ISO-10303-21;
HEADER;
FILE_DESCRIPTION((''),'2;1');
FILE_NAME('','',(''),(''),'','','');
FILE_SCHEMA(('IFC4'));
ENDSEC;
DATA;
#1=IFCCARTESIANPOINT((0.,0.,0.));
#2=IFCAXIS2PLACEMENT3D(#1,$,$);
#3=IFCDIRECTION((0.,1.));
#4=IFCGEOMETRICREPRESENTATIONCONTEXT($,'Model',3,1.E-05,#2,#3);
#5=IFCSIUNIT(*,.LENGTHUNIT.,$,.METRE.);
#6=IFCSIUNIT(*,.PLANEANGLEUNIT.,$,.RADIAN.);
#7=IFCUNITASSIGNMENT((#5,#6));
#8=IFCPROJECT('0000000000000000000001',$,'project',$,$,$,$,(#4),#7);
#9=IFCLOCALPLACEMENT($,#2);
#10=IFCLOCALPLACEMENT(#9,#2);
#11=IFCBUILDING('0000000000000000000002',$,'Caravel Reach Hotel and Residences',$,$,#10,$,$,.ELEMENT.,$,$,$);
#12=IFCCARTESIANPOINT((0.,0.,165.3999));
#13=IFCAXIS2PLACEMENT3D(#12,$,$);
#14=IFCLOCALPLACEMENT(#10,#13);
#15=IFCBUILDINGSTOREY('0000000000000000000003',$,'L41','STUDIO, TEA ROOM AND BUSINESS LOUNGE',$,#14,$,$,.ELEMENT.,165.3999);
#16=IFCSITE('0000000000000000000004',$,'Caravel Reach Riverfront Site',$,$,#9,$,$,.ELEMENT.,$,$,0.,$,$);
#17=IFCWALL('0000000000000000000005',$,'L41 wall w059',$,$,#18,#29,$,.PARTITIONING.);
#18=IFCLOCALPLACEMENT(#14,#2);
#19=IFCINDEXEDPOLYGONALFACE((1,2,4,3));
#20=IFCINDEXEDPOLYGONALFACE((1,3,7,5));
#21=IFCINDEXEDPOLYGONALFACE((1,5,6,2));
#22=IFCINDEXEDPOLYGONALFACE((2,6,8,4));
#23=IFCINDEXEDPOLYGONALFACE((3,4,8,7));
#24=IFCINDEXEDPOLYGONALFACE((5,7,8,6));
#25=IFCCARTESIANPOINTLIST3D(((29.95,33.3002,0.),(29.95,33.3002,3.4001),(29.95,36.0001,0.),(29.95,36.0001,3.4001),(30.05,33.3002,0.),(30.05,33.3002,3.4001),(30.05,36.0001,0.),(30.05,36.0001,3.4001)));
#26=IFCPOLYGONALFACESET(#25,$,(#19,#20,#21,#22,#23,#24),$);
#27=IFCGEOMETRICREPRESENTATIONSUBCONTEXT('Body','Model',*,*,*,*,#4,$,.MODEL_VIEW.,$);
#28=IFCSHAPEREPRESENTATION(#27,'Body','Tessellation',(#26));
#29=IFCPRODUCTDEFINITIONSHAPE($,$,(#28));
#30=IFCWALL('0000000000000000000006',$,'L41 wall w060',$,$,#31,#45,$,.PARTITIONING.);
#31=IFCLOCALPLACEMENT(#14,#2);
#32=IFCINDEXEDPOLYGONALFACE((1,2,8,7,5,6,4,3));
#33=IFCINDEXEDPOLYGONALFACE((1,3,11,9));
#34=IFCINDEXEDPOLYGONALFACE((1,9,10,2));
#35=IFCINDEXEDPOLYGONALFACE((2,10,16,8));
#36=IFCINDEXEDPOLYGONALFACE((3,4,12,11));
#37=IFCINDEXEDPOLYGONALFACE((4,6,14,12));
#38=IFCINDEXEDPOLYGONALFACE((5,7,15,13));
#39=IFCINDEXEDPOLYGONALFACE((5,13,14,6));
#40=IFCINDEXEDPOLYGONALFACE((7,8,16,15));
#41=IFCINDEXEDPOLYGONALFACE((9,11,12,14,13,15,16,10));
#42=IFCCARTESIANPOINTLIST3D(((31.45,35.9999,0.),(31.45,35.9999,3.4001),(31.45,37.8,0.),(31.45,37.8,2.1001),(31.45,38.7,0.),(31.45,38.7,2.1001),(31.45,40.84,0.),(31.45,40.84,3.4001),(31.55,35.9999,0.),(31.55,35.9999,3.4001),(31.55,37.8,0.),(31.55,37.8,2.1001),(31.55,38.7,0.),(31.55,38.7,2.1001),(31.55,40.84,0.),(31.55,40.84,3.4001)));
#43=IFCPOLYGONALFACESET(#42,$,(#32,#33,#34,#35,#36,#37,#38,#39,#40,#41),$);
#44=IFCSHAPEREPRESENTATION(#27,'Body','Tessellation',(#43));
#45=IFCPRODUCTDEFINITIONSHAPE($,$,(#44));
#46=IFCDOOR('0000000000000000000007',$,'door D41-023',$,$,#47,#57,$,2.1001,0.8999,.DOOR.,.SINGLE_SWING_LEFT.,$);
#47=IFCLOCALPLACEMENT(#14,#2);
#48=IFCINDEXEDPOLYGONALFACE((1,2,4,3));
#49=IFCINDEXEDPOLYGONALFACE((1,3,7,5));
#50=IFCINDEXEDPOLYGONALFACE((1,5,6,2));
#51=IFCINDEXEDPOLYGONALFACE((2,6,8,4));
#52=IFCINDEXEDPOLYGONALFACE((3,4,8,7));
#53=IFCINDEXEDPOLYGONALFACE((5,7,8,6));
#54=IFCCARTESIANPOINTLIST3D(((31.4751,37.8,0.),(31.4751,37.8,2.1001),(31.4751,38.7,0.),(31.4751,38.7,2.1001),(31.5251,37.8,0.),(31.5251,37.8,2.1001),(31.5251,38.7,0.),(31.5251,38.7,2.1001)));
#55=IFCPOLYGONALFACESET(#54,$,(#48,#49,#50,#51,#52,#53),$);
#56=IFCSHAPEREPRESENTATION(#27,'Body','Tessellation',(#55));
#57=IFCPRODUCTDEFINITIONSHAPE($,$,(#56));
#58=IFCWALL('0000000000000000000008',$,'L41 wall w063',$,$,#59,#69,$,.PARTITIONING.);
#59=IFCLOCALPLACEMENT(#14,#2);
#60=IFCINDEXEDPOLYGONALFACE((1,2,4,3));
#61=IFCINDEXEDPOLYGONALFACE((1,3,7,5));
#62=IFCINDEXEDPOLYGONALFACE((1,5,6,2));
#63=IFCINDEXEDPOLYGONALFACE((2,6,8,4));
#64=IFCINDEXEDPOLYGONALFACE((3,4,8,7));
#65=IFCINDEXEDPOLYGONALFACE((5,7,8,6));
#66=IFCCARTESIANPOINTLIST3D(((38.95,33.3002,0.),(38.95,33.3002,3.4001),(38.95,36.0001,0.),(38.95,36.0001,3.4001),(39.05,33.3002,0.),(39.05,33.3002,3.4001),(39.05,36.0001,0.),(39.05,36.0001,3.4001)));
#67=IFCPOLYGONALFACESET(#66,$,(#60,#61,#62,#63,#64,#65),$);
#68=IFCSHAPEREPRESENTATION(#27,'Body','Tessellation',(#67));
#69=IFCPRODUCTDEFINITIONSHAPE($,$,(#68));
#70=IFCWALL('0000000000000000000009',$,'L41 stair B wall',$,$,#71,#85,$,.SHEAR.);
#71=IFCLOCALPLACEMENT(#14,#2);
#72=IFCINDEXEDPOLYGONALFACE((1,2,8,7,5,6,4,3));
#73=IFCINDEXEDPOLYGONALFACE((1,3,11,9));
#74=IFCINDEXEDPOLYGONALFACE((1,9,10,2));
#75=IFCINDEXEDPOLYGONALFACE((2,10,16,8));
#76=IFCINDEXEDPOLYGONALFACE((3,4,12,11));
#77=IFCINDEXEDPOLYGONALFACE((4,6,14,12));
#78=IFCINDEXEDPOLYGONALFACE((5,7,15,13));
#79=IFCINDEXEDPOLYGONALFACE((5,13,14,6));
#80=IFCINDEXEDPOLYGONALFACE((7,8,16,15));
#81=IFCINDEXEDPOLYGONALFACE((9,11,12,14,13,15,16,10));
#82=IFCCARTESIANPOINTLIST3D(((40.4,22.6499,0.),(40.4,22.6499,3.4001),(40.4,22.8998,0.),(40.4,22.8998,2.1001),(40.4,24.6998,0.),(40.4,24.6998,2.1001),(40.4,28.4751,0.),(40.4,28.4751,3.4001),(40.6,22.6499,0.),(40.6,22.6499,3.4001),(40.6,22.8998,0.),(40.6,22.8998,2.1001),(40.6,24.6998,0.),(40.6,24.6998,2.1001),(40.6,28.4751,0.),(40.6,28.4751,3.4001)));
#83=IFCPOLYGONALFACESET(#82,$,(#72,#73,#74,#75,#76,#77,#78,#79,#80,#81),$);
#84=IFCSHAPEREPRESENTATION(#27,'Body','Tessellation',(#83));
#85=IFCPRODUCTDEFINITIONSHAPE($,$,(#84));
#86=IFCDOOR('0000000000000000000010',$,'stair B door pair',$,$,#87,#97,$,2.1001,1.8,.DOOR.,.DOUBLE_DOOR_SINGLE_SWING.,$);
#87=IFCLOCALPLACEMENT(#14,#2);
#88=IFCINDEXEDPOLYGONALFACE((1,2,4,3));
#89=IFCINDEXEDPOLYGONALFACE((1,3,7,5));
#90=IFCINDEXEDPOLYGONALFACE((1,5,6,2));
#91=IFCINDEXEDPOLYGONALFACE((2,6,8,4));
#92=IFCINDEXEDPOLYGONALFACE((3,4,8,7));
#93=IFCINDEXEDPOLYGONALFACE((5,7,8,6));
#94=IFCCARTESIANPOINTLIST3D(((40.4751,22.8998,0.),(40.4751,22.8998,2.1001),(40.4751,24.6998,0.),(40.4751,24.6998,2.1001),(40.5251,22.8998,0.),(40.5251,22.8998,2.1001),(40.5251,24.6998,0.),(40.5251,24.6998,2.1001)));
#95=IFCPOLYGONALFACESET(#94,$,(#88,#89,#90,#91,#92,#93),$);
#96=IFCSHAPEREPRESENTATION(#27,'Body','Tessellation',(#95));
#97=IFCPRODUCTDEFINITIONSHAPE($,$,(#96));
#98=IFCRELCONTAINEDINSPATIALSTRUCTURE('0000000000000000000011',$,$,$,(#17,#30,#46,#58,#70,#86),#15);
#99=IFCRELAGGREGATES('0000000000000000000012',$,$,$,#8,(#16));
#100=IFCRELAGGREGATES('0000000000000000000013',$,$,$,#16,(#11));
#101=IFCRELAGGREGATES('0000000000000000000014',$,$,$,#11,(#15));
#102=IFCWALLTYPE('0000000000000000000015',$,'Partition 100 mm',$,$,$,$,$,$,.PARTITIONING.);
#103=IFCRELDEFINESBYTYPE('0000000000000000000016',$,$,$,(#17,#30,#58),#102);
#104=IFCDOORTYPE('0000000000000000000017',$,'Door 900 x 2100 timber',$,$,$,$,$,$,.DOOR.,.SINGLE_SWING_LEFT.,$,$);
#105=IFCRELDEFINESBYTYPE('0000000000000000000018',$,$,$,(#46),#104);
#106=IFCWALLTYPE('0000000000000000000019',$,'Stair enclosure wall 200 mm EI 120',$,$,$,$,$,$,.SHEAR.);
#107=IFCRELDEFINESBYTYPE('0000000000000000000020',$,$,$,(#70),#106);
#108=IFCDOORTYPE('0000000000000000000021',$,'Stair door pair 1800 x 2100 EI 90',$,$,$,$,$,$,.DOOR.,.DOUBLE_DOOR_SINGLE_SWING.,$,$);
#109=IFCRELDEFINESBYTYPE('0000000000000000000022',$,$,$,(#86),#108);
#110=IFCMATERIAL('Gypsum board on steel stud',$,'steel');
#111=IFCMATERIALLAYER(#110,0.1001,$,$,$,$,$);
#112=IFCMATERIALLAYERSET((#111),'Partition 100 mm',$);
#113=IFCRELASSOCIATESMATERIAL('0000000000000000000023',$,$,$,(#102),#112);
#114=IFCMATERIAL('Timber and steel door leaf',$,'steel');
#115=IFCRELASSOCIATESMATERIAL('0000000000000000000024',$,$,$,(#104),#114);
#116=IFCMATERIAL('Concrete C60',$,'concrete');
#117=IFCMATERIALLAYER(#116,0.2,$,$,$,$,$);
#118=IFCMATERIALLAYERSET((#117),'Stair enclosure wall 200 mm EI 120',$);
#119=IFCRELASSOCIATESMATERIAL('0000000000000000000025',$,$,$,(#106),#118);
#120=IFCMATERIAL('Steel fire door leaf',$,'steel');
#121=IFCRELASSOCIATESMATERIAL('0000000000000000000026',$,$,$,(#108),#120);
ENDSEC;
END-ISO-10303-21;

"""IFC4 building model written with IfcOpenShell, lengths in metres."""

from ifc_helpers import new_model, si_unit, direction, frame, frame_2d, origin, place, context, subcontext, project, spatial, rectangle, extrude, material, layer, layer_set, type_object, element, fill, save


model = new_model("IFC4")

# Units and contexts
model_context = context("Model", 3, precision=1e-05, world=origin(), true_north=direction((0.0, 1.0)))
body_context = subcontext(model_context, "Body", "Model", "MODEL_VIEW")
ifc_project = project(units=[si_unit("LENGTHUNIT", "METRE"), si_unit("PLANEANGLEUNIT", "RADIAN")], contexts=[model_context])

# Site, building, storey
site_placement = place(None, origin())
site = spatial("IfcSite", under=ifc_project, at=site_placement, Name="Caravel Reach Riverfront Site", CompositionType="ELEMENT", RefElevation=0.0)
building_placement = place(site_placement, origin())
building = spatial("IfcBuilding", under=site, at=building_placement, Name="Caravel Reach Hotel and Residences", CompositionType="ELEMENT")
storey_placement = place(building_placement, frame((0.0, 0.0, 165.3999)))
storey = spatial("IfcBuildingStorey", under=building, at=storey_placement, Name="L41", Description="STUDIO, TEA ROOM AND BUSINESS LOUNGE", CompositionType="ELEMENT", Elevation=165.3999)

# Wall
ifc_material_1 = material(Name="Gypsum board on steel stud", Category="steel")
ifc_layer_1 = layer(ifc_material_1, 0.1001)
ifc_layer_set_1 = layer_set([ifc_layer_1], Name="Partition 100 mm")
wall_type_1 = type_object("IfcWallType", Name="Partition 100 mm", PredefinedType="PARTITIONING", material=ifc_layer_set_1)
wall_1_placement = place(storey_placement, frame((30.0, 33.3, 0.0), z_axis=(0.0, 0.0, 1.0), x_axis=(0.0, 1.0, 0.0)))
element("IfcWall", 1, at=wall_1_placement, inside=storey, type_object=wall_type_1, Name="L41 wall w059", PredefinedType="PARTITIONING", context=body_context, shape_type="SweptSolid", body=[
    extrude(rectangle(XDim=2.7, YDim=0.1001, at=frame_2d((1.3501, 0.0))), origin(), (0.0, 0.0, 1.0), 3.4001),
])

# Wall, opening, door
wall_2_placement = place(storey_placement, frame((31.5, 36.0, 0.0), z_axis=(0.0, 0.0, 1.0), x_axis=(0.0, 1.0, 0.0)))
wall_2 = element("IfcWall", 2, at=wall_2_placement, inside=storey, type_object=wall_type_1, Name="L41 wall w060", PredefinedType="PARTITIONING", context=body_context, shape_type="SweptSolid", body=[
    extrude(rectangle(XDim=4.8401, YDim=0.1001, at=frame_2d((2.4199, 0.0))), origin(), (0.0, 0.0, 1.0), 3.4001),
])
opening_1_placement = place(wall_2_placement, frame((1.8, 0.0, 0.0)))
opening_1 = element("IfcOpeningElement", 3, at=opening_1_placement, cuts=wall_2, PredefinedType="OPENING", context=body_context, shape_type="SweptSolid", body=[
    extrude(rectangle(XDim=0.8999, YDim=2.1001, at=frame_2d((0.45, 1.05))), frame((0.0, 0.0601, 0.0), z_axis=(0.0, -1.0, 0.0), x_axis=(1.0, 0.0, 0.0)), (0.0, 0.0, 1.0), 0.1201),
])
ifc_material_2 = material(Name="Timber and steel door leaf", Category="steel")
door_type_1 = type_object("IfcDoorType", Name="Door 900 x 2100 timber", OperationType="SINGLE_SWING_LEFT", PredefinedType="DOOR", material=ifc_material_2)
door_1_placement = place(opening_1_placement, origin())
door_1 = element("IfcDoor", 4, at=door_1_placement, inside=storey, type_object=door_type_1, Name="door D41-023", OperationType="SINGLE_SWING_LEFT", OverallHeight=2.1001, OverallWidth=0.8999, PredefinedType="DOOR", context=body_context, shape_type="SweptSolid", body=[
    extrude(rectangle(XDim=0.8999, YDim=2.1001, at=frame_2d((0.45, 1.05))), frame((0.0, 0.0249, 0.0), z_axis=(0.0, -1.0, 0.0), x_axis=(1.0, 0.0, 0.0)), (0.0, 0.0, 1.0), 0.05),
])
fill(opening_1, door_1)

# Wall
wall_3_placement = place(storey_placement, frame((39.0, 33.3, 0.0), z_axis=(0.0, 0.0, 1.0), x_axis=(0.0, 1.0, 0.0)))
element("IfcWall", 5, at=wall_3_placement, inside=storey, type_object=wall_type_1, Name="L41 wall w063", PredefinedType="PARTITIONING", context=body_context, shape_type="SweptSolid", body=[
    extrude(rectangle(XDim=2.7, YDim=0.1001, at=frame_2d((1.3501, 0.0))), origin(), (0.0, 0.0, 1.0), 3.4001),
])

# Wall, opening, door
ifc_material_3 = material(Name="Concrete C60", Category="concrete")
ifc_layer_2 = layer(ifc_material_3, 0.2)
ifc_layer_set_2 = layer_set([ifc_layer_2], Name="Stair enclosure wall 200 mm EI 120")
wall_type_2 = type_object("IfcWallType", Name="Stair enclosure wall 200 mm EI 120", PredefinedType="SHEAR", material=ifc_layer_set_2)
wall_4_placement = place(storey_placement, frame((40.5, 22.6499, 0.0), z_axis=(0.0, 0.0, 1.0), x_axis=(0.0, 1.0, 0.0)))
wall_4 = element("IfcWall", 6, at=wall_4_placement, inside=storey, type_object=wall_type_2, Name="L41 stair B wall", PredefinedType="SHEAR", context=body_context, shape_type="SweptSolid", body=[
    extrude(rectangle(XDim=5.8252, YDim=0.2, at=frame_2d((2.9126, 0.0))), origin(), (0.0, 0.0, 1.0), 3.4001),
])
opening_2_placement = place(wall_4_placement, frame((0.25, 0.0, 0.0)))
opening_2 = element("IfcOpeningElement", 7, at=opening_2_placement, cuts=wall_4, PredefinedType="OPENING", context=body_context, shape_type="SweptSolid", body=[
    extrude(rectangle(XDim=1.8, YDim=2.1001, at=frame_2d((0.8999, 1.05))), frame((0.0, 0.1099, 0.0), z_axis=(0.0, -1.0, 0.0), x_axis=(1.0, 0.0, 0.0)), (0.0, 0.0, 1.0), 0.22),
])
ifc_material_4 = material(Name="Steel fire door leaf", Category="steel")
door_type_2 = type_object("IfcDoorType", Name="Stair door pair 1800 x 2100 EI 90", OperationType="DOUBLE_DOOR_SINGLE_SWING", PredefinedType="DOOR", material=ifc_material_4)
door_2_placement = place(opening_2_placement, origin())
door_2 = element("IfcDoor", 8, at=door_2_placement, inside=storey, type_object=door_type_2, Name="stair B door pair", OperationType="DOUBLE_DOOR_SINGLE_SWING", OverallHeight=2.1001, OverallWidth=1.8, PredefinedType="DOOR", context=body_context, shape_type="SweptSolid", body=[
    extrude(rectangle(XDim=1.8, YDim=2.1001, at=frame_2d((0.8999, 1.05))), frame((0.0, 0.0249, 0.0), z_axis=(0.0, -1.0, 0.0), x_axis=(1.0, 0.0, 0.0)), (0.0, 0.0, 1.0), 0.05),
])
fill(opening_2, door_2)

save(model, "model.ifc")
